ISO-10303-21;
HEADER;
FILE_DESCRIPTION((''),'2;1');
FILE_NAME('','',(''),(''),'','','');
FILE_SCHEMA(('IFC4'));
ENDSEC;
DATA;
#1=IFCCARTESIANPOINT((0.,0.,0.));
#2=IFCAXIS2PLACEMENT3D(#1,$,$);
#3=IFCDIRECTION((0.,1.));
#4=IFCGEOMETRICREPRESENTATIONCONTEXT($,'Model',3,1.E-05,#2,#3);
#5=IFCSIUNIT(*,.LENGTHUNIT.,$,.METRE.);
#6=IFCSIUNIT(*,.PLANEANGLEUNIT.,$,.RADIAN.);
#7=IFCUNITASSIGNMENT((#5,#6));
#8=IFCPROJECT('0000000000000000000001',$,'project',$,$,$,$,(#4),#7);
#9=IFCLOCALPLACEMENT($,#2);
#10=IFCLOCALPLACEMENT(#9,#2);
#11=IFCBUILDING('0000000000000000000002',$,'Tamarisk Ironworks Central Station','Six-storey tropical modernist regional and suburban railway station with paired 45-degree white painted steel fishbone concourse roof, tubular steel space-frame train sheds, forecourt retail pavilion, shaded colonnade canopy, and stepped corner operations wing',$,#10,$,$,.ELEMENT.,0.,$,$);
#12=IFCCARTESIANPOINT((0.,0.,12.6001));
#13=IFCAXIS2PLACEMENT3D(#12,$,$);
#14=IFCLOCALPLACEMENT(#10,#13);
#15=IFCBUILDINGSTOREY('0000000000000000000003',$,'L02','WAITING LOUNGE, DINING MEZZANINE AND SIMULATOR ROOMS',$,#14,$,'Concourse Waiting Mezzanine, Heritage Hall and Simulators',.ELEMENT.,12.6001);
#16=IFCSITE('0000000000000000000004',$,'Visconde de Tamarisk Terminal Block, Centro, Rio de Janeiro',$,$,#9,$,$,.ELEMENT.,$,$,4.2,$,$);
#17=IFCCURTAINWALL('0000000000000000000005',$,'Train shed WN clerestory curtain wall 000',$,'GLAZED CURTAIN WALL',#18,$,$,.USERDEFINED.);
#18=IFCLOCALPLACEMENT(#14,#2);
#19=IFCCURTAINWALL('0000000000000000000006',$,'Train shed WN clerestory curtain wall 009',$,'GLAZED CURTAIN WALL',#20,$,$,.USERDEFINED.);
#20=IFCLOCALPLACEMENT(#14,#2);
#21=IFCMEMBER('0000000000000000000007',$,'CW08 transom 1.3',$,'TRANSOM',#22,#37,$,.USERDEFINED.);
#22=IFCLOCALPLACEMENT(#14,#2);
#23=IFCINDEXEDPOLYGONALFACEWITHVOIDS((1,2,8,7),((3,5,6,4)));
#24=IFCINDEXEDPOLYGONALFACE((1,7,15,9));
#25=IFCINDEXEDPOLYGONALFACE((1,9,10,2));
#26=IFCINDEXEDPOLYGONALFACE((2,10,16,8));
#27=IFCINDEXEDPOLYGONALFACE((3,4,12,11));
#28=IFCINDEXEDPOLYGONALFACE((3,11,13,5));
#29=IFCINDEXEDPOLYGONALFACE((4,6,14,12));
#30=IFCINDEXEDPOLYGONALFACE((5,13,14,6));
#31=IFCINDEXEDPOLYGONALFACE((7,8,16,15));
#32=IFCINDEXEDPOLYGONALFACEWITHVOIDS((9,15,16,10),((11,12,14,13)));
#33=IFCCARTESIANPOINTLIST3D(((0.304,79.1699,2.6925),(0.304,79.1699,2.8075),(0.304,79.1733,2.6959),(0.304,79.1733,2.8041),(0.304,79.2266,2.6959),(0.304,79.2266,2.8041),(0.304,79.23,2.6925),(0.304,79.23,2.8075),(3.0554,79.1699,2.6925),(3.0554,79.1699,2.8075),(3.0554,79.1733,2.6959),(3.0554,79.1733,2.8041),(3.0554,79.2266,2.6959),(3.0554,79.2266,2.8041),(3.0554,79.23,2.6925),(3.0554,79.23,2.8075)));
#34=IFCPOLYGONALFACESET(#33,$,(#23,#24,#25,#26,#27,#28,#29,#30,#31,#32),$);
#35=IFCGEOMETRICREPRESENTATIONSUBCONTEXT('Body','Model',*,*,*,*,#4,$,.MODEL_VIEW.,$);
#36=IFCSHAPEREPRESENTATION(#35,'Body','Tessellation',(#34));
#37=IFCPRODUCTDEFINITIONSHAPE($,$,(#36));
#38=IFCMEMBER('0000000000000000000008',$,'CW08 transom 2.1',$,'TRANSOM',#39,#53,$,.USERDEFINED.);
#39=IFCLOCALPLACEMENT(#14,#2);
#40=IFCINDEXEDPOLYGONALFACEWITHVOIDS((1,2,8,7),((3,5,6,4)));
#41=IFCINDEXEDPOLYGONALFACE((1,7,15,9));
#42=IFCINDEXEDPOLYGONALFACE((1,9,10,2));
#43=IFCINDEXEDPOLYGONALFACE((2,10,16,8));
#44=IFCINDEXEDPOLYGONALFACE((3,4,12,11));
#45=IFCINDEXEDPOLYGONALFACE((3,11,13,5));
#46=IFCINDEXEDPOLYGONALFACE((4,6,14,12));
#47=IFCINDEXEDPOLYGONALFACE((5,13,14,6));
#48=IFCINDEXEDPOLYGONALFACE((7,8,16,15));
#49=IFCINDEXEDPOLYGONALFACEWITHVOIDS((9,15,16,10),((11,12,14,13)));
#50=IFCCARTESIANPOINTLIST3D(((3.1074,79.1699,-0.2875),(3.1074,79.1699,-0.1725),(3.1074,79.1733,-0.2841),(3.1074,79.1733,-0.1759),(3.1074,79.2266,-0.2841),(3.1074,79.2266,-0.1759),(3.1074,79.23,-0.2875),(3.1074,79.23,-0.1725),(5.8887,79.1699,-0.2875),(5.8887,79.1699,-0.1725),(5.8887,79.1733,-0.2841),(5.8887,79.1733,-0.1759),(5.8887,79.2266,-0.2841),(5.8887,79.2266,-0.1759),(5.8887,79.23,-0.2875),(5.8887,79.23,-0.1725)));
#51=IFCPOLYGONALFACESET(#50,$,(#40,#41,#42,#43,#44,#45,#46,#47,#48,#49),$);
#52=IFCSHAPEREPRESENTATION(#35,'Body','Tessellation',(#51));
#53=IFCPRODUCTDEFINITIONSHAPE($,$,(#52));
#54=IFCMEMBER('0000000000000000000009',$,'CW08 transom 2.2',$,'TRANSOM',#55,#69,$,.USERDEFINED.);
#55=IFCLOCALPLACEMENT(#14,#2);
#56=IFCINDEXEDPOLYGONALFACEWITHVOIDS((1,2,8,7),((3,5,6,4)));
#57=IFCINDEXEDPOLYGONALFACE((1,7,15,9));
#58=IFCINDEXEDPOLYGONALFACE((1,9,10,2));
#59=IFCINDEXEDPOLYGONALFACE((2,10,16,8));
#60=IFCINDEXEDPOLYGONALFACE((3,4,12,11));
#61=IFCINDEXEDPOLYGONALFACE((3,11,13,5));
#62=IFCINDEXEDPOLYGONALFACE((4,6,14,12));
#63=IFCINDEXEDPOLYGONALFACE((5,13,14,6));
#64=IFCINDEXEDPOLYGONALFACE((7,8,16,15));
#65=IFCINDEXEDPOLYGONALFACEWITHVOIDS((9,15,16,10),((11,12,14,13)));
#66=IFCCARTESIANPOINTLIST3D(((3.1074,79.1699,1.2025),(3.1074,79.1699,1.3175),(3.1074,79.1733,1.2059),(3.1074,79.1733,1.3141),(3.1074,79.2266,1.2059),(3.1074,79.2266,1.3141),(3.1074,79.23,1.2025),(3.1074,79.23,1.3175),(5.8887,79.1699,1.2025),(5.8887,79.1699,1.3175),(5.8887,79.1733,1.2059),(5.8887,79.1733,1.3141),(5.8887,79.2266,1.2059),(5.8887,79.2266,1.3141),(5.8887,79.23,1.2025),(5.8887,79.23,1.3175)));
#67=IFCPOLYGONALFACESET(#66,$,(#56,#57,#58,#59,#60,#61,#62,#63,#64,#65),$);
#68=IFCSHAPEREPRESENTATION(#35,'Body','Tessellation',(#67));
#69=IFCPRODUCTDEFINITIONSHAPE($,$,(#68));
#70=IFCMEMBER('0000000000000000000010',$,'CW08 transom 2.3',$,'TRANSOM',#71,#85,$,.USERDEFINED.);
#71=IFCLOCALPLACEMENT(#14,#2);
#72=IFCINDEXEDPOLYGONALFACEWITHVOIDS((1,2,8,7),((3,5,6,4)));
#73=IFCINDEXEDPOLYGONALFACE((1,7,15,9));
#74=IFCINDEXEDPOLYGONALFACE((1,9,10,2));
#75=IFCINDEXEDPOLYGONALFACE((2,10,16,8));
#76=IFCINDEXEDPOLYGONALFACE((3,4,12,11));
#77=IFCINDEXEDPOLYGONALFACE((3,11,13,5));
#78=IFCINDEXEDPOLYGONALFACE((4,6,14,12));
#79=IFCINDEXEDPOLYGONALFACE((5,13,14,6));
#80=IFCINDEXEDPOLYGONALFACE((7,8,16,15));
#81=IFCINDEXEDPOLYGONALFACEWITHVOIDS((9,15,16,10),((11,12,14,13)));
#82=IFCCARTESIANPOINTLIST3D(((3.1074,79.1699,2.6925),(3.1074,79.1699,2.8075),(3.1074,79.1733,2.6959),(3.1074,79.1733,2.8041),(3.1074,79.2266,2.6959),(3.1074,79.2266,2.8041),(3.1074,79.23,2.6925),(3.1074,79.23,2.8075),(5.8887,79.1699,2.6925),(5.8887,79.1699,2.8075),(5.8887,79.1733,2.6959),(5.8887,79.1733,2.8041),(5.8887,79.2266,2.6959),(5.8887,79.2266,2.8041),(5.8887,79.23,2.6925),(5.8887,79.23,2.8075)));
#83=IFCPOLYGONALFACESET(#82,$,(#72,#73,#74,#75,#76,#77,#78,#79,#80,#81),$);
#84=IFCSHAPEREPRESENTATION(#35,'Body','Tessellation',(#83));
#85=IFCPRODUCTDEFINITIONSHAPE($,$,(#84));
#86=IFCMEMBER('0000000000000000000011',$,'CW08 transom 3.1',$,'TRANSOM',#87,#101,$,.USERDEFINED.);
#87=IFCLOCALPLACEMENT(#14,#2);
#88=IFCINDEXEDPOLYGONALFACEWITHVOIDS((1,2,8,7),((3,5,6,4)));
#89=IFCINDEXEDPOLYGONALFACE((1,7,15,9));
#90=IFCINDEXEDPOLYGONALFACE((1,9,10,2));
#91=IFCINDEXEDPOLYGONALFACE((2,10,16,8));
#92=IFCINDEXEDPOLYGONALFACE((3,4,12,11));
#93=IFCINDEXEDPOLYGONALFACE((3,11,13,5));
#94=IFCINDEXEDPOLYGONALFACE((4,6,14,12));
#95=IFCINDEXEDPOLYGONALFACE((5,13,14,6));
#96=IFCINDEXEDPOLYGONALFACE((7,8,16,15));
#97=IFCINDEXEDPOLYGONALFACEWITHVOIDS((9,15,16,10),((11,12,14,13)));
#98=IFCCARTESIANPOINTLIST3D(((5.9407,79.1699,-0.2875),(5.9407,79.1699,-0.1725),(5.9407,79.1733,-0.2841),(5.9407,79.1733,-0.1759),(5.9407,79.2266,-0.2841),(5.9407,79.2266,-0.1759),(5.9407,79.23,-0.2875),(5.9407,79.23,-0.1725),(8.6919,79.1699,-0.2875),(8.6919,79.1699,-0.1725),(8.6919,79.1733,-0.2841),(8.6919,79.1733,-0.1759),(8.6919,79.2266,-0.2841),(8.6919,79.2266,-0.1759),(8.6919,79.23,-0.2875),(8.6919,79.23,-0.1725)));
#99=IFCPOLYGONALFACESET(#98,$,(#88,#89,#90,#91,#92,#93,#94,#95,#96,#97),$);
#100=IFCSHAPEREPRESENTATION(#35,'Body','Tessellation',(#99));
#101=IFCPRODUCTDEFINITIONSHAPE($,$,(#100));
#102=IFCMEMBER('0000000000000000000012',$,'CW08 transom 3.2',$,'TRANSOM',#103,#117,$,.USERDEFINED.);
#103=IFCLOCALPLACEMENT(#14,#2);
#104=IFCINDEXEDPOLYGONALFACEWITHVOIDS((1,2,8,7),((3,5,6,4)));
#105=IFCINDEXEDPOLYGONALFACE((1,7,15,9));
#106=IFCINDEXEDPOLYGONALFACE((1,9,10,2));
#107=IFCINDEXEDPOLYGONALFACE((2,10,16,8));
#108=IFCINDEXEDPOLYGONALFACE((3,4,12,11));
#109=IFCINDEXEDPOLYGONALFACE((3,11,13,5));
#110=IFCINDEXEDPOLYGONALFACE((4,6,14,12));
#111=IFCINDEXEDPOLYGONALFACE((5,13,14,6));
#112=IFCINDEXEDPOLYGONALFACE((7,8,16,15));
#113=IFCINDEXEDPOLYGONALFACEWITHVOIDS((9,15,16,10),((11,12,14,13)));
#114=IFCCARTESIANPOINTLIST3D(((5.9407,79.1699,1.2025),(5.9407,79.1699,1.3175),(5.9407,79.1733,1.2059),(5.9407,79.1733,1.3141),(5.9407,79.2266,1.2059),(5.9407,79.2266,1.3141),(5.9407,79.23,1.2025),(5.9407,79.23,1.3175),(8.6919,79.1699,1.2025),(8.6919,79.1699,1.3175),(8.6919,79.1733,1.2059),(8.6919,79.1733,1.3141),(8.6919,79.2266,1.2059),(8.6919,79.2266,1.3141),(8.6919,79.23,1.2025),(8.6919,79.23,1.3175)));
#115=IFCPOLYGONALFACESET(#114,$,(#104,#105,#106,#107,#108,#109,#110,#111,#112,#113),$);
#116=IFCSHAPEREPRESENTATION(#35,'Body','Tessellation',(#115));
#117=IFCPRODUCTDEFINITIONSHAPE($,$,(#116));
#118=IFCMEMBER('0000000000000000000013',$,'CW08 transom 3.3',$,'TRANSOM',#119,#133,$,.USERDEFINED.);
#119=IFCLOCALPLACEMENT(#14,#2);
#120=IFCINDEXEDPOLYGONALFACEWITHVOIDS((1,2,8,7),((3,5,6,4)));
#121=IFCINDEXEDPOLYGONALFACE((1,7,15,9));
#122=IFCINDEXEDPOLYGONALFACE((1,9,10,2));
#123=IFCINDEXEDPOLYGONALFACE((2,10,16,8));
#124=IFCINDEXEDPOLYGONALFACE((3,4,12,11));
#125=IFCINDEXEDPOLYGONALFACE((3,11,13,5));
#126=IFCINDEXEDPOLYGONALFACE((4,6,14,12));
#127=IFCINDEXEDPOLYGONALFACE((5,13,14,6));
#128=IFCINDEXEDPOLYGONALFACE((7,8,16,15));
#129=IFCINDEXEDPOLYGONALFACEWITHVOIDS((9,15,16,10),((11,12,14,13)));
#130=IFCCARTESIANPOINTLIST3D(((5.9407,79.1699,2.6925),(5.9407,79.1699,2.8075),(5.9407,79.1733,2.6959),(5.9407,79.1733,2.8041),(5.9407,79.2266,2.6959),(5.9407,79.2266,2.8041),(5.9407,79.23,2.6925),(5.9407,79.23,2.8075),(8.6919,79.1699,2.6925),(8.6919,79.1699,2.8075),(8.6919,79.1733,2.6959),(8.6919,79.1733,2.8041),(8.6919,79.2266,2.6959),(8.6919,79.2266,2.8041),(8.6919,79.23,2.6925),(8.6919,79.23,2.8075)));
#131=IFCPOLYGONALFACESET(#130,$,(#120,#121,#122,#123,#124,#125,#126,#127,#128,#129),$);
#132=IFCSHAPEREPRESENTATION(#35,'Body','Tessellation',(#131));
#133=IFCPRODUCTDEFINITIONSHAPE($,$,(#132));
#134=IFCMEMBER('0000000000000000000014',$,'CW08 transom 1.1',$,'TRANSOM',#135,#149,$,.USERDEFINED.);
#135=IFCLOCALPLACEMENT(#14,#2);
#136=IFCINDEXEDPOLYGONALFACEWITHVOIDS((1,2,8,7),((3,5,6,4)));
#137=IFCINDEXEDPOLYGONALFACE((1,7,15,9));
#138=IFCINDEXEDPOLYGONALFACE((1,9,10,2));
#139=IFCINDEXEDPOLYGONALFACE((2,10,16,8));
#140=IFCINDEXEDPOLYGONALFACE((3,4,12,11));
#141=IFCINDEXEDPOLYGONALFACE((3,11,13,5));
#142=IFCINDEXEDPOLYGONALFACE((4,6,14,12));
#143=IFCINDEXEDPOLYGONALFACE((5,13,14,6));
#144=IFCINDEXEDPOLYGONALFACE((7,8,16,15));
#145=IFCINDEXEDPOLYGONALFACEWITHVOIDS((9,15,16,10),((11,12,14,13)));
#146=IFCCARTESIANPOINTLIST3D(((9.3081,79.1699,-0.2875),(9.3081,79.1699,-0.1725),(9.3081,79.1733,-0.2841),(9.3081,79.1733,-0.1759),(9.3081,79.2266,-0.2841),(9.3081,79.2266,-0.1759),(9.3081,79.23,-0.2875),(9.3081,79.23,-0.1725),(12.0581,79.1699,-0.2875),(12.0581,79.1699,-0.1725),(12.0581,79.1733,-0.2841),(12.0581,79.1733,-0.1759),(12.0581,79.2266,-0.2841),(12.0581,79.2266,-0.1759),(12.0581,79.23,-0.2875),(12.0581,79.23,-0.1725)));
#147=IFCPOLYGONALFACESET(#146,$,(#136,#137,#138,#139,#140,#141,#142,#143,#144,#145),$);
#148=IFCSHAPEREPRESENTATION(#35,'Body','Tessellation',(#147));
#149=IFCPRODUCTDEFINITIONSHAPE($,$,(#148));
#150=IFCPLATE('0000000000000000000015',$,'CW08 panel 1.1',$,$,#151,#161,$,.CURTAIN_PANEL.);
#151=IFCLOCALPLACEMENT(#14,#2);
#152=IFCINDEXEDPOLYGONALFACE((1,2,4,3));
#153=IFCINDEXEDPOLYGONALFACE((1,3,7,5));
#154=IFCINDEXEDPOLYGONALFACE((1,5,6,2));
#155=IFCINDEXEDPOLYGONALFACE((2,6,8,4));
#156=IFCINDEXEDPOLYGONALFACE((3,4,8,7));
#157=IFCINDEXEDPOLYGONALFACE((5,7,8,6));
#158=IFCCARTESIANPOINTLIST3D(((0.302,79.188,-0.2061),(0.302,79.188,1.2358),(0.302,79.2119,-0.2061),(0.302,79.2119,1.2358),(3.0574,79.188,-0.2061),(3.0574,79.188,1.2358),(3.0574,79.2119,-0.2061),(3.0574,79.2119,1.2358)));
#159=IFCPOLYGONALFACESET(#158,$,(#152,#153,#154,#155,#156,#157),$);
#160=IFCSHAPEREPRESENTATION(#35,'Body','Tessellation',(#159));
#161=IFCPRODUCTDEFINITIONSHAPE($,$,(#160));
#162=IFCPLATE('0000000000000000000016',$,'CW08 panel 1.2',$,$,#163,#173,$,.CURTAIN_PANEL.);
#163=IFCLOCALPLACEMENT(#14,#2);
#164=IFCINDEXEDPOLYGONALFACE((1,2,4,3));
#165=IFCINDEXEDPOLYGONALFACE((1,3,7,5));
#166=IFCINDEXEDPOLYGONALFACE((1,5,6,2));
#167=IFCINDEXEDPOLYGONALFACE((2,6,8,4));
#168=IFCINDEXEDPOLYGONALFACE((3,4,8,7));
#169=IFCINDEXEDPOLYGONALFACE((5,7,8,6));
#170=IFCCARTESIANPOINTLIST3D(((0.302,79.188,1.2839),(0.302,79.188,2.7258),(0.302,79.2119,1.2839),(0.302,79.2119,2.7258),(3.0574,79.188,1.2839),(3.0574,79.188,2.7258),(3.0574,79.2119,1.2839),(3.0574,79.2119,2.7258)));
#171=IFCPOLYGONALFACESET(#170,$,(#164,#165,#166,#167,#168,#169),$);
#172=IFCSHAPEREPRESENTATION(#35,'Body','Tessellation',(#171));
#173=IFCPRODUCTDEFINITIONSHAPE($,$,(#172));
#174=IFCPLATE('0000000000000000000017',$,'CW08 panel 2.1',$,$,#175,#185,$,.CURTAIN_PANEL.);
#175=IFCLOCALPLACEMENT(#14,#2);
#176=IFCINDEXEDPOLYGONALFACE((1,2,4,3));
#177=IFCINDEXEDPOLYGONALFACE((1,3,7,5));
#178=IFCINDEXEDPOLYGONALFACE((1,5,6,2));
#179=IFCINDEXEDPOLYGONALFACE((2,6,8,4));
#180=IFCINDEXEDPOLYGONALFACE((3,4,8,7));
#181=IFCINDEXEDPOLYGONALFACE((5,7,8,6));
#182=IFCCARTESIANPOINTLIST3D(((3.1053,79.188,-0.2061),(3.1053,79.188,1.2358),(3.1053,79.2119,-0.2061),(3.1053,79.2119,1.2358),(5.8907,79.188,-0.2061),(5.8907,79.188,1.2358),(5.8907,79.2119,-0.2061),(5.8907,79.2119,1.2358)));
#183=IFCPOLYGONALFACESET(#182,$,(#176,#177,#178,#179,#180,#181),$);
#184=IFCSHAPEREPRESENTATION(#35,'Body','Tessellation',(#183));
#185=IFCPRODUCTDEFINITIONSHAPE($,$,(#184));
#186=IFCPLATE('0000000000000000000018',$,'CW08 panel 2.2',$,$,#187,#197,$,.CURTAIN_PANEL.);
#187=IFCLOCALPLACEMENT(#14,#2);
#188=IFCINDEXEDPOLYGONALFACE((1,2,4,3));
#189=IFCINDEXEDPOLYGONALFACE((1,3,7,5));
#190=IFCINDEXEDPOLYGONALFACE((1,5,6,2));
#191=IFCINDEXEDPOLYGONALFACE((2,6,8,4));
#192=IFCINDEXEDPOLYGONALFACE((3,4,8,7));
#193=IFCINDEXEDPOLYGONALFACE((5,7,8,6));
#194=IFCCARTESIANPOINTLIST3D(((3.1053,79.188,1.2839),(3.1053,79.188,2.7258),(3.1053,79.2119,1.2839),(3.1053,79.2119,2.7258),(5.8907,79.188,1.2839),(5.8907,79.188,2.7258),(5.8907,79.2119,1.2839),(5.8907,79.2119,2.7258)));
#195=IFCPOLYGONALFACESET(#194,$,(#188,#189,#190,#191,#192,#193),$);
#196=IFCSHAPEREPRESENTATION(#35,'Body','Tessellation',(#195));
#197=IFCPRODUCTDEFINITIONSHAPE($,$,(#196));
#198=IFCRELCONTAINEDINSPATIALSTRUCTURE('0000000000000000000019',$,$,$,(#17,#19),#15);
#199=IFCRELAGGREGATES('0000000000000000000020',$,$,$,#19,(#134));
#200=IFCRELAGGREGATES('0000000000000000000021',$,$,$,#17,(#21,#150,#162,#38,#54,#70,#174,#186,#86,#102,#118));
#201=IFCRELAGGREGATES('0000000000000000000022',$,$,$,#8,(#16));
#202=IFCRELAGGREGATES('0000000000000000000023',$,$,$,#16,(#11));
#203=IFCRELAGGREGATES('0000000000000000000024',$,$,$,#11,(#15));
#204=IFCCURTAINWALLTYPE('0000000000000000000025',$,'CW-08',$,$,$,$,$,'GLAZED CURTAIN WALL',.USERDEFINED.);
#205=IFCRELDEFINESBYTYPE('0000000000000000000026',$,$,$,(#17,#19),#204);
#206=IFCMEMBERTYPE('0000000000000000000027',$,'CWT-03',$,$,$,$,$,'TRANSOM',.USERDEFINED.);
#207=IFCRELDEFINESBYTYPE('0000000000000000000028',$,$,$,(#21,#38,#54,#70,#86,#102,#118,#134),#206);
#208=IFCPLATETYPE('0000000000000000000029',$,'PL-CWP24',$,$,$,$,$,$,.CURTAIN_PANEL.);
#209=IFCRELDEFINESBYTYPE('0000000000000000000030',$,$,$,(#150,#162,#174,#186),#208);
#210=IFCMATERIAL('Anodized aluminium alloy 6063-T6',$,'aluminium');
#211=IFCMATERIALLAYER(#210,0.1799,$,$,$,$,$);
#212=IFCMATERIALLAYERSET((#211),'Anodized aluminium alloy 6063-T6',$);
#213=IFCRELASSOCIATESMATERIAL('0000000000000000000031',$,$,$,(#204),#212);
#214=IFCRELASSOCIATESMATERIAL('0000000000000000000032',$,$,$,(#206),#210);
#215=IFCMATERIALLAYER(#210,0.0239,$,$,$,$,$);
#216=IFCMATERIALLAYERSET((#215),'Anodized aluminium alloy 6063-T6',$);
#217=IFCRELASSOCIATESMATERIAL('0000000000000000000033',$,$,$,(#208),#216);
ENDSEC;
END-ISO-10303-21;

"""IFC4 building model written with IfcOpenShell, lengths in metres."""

from ifc_helpers import new_model, si_unit, direction, frame, origin, origin_2d, place, context, subcontext, project, spatial, rectangle, hollow_rectangle, extrude, material, layer, layer_set, material_profile, profile_set, type_object, element, aggregate, save


model = new_model("IFC4")

# Units and contexts
model_context = context("Model", 3, precision=1e-05, world=origin(), true_north=direction((0.0, 1.0)))
body_context = subcontext(model_context, "Body", "Model", "MODEL_VIEW")
ifc_project = project(units=[si_unit("LENGTHUNIT", "METRE"), si_unit("PLANEANGLEUNIT", "RADIAN")], contexts=[model_context])

# Site, building, storey
site_placement = place(None, origin())
site = spatial("IfcSite", under=ifc_project, at=site_placement, Name="Visconde de Tamarisk Terminal Block, Centro, Rio de Janeiro", CompositionType="ELEMENT", RefElevation=4.2)
building_placement = place(site_placement, origin())
building = spatial("IfcBuilding", under=site, at=building_placement, Name="Tamarisk Ironworks Central Station", Description="Six-storey tropical modernist regional and suburban railway station with paired 45-degree white painted steel fishbone concourse roof, tubular steel space-frame train sheds, forecourt retail pavilion, shaded colonnade canopy, and stepped corner operations wing", CompositionType="ELEMENT", ElevationOfRefHeight=0.0)
storey_placement = place(building_placement, frame((0.0, 0.0, 12.6001)))
storey = spatial("IfcBuildingStorey", under=building, at=storey_placement, Name="L02", Description="WAITING LOUNGE, DINING MEZZANINE AND SIMULATOR ROOMS", LongName="Concourse Waiting Mezzanine, Heritage Hall and Simulators", CompositionType="ELEMENT", Elevation=12.6001)

# Curtain wall
ifc_material_1 = material(Name="Anodized aluminium alloy 6063-T6", Category="aluminium")
ifc_layer_1 = layer(ifc_material_1, 0.1799)
ifc_layer_set_1 = layer_set([ifc_layer_1], Name="Anodized aluminium alloy 6063-T6")
curtain_wall_type = type_object("IfcCurtainWallType", Name="CW-08", ElementType="GLAZED CURTAIN WALL", PredefinedType="USERDEFINED", material=ifc_layer_set_1)
curtain_wall_1_placement = place(storey_placement, origin())
curtain_wall_1 = element("IfcCurtainWall", 1, at=curtain_wall_1_placement, inside=storey, type_object=curtain_wall_type, Name="Train shed WN clerestory curtain wall 000", ObjectType="GLAZED CURTAIN WALL", PredefinedType="USERDEFINED")

# Curtain wall
curtain_wall_2_placement = place(storey_placement, origin())
curtain_wall_2 = element("IfcCurtainWall", 2, at=curtain_wall_2_placement, inside=storey, type_object=curtain_wall_type, Name="Train shed WN clerestory curtain wall 009", ObjectType="GLAZED CURTAIN WALL", PredefinedType="USERDEFINED")

# Members
ifc_material_profile_1 = material_profile(ifc_material_1, hollow_rectangle(XDim=0.0601, YDim=0.115, WallThickness=0.0034, at=origin_2d()), Name="ALUM 115x60")
ifc_profile_set_1 = profile_set([ifc_material_profile_1], Name="Anodized aluminium alloy 6063-T6")
member_type_1 = type_object("IfcMemberType", Name="CWT-03", ElementType="TRANSOM", PredefinedType="USERDEFINED", material=ifc_profile_set_1)
member_1_placement = place(storey_placement, frame((0.304, 79.2, 2.75), z_axis=(1.0, 0.0, 0.0), x_axis=(0.0, 1.0, 0.0)))
member_1 = element("IfcMember", 3, at=member_1_placement, type_object=member_type_1, Name="CW08 transom 1.3", ObjectType="TRANSOM", PredefinedType="USERDEFINED", context=body_context, shape_type="SweptSolid", body=[
    extrude(hollow_rectangle(XDim=0.0601, YDim=0.115, WallThickness=0.0034, at=origin_2d()), origin(), (0.0, 0.0, 1.0), 2.7515),
])
member_2_placement = place(storey_placement, frame((3.1074, 79.2, -0.23), z_axis=(1.0, 0.0, 0.0), x_axis=(0.0, 1.0, 0.0)))
member_2 = element("IfcMember", 4, at=member_2_placement, type_object=member_type_1, Name="CW08 transom 2.1", ObjectType="TRANSOM", PredefinedType="USERDEFINED", context=body_context, shape_type="SweptSolid", body=[
    extrude(hollow_rectangle(XDim=0.0601, YDim=0.115, WallThickness=0.0034, at=origin_2d()), origin(), (0.0, 0.0, 1.0), 2.7812),
])
member_3_placement = place(storey_placement, frame((3.1074, 79.2, 1.26), z_axis=(1.0, 0.0, 0.0), x_axis=(0.0, 1.0, 0.0)))
member_3 = element("IfcMember", 5, at=member_3_placement, type_object=member_type_1, Name="CW08 transom 2.2", ObjectType="TRANSOM", PredefinedType="USERDEFINED", context=body_context, shape_type="SweptSolid", body=[
    extrude(hollow_rectangle(XDim=0.0601, YDim=0.115, WallThickness=0.0034, at=origin_2d()), origin(), (0.0, 0.0, 1.0), 2.7812),
])
member_4_placement = place(storey_placement, frame((3.1074, 79.2, 2.75), z_axis=(1.0, 0.0, 0.0), x_axis=(0.0, 1.0, 0.0)))
member_4 = element("IfcMember", 6, at=member_4_placement, type_object=member_type_1, Name="CW08 transom 2.3", ObjectType="TRANSOM", PredefinedType="USERDEFINED", context=body_context, shape_type="SweptSolid", body=[
    extrude(hollow_rectangle(XDim=0.0601, YDim=0.115, WallThickness=0.0034, at=origin_2d()), origin(), (0.0, 0.0, 1.0), 2.7812),
])
member_5_placement = place(storey_placement, frame((5.9407, 79.2, -0.23), z_axis=(1.0, 0.0, 0.0), x_axis=(0.0, 1.0, 0.0)))
member_5 = element("IfcMember", 7, at=member_5_placement, type_object=member_type_1, Name="CW08 transom 3.1", ObjectType="TRANSOM", PredefinedType="USERDEFINED", context=body_context, shape_type="SweptSolid", body=[
    extrude(hollow_rectangle(XDim=0.0601, YDim=0.115, WallThickness=0.0034, at=origin_2d()), origin(), (0.0, 0.0, 1.0), 2.7512),
])
member_6_placement = place(storey_placement, frame((5.9407, 79.2, 1.26), z_axis=(1.0, 0.0, 0.0), x_axis=(0.0, 1.0, 0.0)))
member_6 = element("IfcMember", 8, at=member_6_placement, type_object=member_type_1, Name="CW08 transom 3.2", ObjectType="TRANSOM", PredefinedType="USERDEFINED", context=body_context, shape_type="SweptSolid", body=[
    extrude(hollow_rectangle(XDim=0.0601, YDim=0.115, WallThickness=0.0034, at=origin_2d()), origin(), (0.0, 0.0, 1.0), 2.7512),
])
member_7_placement = place(storey_placement, frame((5.9407, 79.2, 2.75), z_axis=(1.0, 0.0, 0.0), x_axis=(0.0, 1.0, 0.0)))
member_7 = element("IfcMember", 9, at=member_7_placement, type_object=member_type_1, Name="CW08 transom 3.3", ObjectType="TRANSOM", PredefinedType="USERDEFINED", context=body_context, shape_type="SweptSolid", body=[
    extrude(hollow_rectangle(XDim=0.0601, YDim=0.115, WallThickness=0.0034, at=origin_2d()), origin(), (0.0, 0.0, 1.0), 2.7512),
])
member_8_placement = place(storey_placement, frame((9.3081, 79.2, -0.23), z_axis=(1.0, 0.0, 0.0), x_axis=(0.0, 1.0, 0.0)))
member_8 = element("IfcMember", 10, at=member_8_placement, type_object=member_type_1, Name="CW08 transom 1.1", ObjectType="TRANSOM", PredefinedType="USERDEFINED", context=body_context, shape_type="SweptSolid", body=[
    extrude(hollow_rectangle(XDim=0.0601, YDim=0.115, WallThickness=0.0034, at=origin_2d()), origin(), (0.0, 0.0, 1.0), 2.75),
])
aggregate(curtain_wall_2, [member_8])

# Plates
ifc_layer_2 = layer(ifc_material_1, 0.0239)
ifc_layer_set_2 = layer_set([ifc_layer_2], Name="Anodized aluminium alloy 6063-T6")
plate_type = type_object("IfcPlateType", Name="PL-CWP24", PredefinedType="CURTAIN_PANEL", material=ifc_layer_set_2)
plate_1_placement = place(storey_placement, frame((1.6797, 79.2, -0.2061), z_axis=(0.0, 0.0, 1.0), x_axis=(1.0, 0.0, 0.0)))
plate_1 = element("IfcPlate", 11, at=plate_1_placement, type_object=plate_type, Name="CW08 panel 1.1", PredefinedType="CURTAIN_PANEL", context=body_context, shape_type="SweptSolid", body=[
    extrude(rectangle(XDim=2.7554, YDim=0.0239, at=origin_2d()), origin(), (0.0, 0.0, 1.0), 1.4419),
])
plate_2_placement = place(storey_placement, frame((1.6797, 79.2, 1.2839), z_axis=(0.0, 0.0, 1.0), x_axis=(1.0, 0.0, 0.0)))
plate_2 = element("IfcPlate", 12, at=plate_2_placement, type_object=plate_type, Name="CW08 panel 1.2", PredefinedType="CURTAIN_PANEL", context=body_context, shape_type="SweptSolid", body=[
    extrude(rectangle(XDim=2.7554, YDim=0.0239, at=origin_2d()), origin(), (0.0, 0.0, 1.0), 1.4419),
])
plate_3_placement = place(storey_placement, frame((4.498, 79.2, -0.2061), z_axis=(0.0, 0.0, 1.0), x_axis=(1.0, 0.0, 0.0)))
plate_3 = element("IfcPlate", 13, at=plate_3_placement, type_object=plate_type, Name="CW08 panel 2.1", PredefinedType="CURTAIN_PANEL", context=body_context, shape_type="SweptSolid", body=[
    extrude(rectangle(XDim=2.7854, YDim=0.0239, at=origin_2d()), origin(), (0.0, 0.0, 1.0), 1.4419),
])
plate_4_placement = place(storey_placement, frame((4.498, 79.2, 1.2839), z_axis=(0.0, 0.0, 1.0), x_axis=(1.0, 0.0, 0.0)))
plate_4 = element("IfcPlate", 14, at=plate_4_placement, type_object=plate_type, Name="CW08 panel 2.2", PredefinedType="CURTAIN_PANEL", context=body_context, shape_type="SweptSolid", body=[
    extrude(rectangle(XDim=2.7854, YDim=0.0239, at=origin_2d()), origin(), (0.0, 0.0, 1.0), 1.4419),
])
aggregate(curtain_wall_1, [member_1, plate_1, plate_2, member_2, member_3, member_4, plate_3, plate_4, member_5, member_6, member_7])

save(model, "model.ifc")
